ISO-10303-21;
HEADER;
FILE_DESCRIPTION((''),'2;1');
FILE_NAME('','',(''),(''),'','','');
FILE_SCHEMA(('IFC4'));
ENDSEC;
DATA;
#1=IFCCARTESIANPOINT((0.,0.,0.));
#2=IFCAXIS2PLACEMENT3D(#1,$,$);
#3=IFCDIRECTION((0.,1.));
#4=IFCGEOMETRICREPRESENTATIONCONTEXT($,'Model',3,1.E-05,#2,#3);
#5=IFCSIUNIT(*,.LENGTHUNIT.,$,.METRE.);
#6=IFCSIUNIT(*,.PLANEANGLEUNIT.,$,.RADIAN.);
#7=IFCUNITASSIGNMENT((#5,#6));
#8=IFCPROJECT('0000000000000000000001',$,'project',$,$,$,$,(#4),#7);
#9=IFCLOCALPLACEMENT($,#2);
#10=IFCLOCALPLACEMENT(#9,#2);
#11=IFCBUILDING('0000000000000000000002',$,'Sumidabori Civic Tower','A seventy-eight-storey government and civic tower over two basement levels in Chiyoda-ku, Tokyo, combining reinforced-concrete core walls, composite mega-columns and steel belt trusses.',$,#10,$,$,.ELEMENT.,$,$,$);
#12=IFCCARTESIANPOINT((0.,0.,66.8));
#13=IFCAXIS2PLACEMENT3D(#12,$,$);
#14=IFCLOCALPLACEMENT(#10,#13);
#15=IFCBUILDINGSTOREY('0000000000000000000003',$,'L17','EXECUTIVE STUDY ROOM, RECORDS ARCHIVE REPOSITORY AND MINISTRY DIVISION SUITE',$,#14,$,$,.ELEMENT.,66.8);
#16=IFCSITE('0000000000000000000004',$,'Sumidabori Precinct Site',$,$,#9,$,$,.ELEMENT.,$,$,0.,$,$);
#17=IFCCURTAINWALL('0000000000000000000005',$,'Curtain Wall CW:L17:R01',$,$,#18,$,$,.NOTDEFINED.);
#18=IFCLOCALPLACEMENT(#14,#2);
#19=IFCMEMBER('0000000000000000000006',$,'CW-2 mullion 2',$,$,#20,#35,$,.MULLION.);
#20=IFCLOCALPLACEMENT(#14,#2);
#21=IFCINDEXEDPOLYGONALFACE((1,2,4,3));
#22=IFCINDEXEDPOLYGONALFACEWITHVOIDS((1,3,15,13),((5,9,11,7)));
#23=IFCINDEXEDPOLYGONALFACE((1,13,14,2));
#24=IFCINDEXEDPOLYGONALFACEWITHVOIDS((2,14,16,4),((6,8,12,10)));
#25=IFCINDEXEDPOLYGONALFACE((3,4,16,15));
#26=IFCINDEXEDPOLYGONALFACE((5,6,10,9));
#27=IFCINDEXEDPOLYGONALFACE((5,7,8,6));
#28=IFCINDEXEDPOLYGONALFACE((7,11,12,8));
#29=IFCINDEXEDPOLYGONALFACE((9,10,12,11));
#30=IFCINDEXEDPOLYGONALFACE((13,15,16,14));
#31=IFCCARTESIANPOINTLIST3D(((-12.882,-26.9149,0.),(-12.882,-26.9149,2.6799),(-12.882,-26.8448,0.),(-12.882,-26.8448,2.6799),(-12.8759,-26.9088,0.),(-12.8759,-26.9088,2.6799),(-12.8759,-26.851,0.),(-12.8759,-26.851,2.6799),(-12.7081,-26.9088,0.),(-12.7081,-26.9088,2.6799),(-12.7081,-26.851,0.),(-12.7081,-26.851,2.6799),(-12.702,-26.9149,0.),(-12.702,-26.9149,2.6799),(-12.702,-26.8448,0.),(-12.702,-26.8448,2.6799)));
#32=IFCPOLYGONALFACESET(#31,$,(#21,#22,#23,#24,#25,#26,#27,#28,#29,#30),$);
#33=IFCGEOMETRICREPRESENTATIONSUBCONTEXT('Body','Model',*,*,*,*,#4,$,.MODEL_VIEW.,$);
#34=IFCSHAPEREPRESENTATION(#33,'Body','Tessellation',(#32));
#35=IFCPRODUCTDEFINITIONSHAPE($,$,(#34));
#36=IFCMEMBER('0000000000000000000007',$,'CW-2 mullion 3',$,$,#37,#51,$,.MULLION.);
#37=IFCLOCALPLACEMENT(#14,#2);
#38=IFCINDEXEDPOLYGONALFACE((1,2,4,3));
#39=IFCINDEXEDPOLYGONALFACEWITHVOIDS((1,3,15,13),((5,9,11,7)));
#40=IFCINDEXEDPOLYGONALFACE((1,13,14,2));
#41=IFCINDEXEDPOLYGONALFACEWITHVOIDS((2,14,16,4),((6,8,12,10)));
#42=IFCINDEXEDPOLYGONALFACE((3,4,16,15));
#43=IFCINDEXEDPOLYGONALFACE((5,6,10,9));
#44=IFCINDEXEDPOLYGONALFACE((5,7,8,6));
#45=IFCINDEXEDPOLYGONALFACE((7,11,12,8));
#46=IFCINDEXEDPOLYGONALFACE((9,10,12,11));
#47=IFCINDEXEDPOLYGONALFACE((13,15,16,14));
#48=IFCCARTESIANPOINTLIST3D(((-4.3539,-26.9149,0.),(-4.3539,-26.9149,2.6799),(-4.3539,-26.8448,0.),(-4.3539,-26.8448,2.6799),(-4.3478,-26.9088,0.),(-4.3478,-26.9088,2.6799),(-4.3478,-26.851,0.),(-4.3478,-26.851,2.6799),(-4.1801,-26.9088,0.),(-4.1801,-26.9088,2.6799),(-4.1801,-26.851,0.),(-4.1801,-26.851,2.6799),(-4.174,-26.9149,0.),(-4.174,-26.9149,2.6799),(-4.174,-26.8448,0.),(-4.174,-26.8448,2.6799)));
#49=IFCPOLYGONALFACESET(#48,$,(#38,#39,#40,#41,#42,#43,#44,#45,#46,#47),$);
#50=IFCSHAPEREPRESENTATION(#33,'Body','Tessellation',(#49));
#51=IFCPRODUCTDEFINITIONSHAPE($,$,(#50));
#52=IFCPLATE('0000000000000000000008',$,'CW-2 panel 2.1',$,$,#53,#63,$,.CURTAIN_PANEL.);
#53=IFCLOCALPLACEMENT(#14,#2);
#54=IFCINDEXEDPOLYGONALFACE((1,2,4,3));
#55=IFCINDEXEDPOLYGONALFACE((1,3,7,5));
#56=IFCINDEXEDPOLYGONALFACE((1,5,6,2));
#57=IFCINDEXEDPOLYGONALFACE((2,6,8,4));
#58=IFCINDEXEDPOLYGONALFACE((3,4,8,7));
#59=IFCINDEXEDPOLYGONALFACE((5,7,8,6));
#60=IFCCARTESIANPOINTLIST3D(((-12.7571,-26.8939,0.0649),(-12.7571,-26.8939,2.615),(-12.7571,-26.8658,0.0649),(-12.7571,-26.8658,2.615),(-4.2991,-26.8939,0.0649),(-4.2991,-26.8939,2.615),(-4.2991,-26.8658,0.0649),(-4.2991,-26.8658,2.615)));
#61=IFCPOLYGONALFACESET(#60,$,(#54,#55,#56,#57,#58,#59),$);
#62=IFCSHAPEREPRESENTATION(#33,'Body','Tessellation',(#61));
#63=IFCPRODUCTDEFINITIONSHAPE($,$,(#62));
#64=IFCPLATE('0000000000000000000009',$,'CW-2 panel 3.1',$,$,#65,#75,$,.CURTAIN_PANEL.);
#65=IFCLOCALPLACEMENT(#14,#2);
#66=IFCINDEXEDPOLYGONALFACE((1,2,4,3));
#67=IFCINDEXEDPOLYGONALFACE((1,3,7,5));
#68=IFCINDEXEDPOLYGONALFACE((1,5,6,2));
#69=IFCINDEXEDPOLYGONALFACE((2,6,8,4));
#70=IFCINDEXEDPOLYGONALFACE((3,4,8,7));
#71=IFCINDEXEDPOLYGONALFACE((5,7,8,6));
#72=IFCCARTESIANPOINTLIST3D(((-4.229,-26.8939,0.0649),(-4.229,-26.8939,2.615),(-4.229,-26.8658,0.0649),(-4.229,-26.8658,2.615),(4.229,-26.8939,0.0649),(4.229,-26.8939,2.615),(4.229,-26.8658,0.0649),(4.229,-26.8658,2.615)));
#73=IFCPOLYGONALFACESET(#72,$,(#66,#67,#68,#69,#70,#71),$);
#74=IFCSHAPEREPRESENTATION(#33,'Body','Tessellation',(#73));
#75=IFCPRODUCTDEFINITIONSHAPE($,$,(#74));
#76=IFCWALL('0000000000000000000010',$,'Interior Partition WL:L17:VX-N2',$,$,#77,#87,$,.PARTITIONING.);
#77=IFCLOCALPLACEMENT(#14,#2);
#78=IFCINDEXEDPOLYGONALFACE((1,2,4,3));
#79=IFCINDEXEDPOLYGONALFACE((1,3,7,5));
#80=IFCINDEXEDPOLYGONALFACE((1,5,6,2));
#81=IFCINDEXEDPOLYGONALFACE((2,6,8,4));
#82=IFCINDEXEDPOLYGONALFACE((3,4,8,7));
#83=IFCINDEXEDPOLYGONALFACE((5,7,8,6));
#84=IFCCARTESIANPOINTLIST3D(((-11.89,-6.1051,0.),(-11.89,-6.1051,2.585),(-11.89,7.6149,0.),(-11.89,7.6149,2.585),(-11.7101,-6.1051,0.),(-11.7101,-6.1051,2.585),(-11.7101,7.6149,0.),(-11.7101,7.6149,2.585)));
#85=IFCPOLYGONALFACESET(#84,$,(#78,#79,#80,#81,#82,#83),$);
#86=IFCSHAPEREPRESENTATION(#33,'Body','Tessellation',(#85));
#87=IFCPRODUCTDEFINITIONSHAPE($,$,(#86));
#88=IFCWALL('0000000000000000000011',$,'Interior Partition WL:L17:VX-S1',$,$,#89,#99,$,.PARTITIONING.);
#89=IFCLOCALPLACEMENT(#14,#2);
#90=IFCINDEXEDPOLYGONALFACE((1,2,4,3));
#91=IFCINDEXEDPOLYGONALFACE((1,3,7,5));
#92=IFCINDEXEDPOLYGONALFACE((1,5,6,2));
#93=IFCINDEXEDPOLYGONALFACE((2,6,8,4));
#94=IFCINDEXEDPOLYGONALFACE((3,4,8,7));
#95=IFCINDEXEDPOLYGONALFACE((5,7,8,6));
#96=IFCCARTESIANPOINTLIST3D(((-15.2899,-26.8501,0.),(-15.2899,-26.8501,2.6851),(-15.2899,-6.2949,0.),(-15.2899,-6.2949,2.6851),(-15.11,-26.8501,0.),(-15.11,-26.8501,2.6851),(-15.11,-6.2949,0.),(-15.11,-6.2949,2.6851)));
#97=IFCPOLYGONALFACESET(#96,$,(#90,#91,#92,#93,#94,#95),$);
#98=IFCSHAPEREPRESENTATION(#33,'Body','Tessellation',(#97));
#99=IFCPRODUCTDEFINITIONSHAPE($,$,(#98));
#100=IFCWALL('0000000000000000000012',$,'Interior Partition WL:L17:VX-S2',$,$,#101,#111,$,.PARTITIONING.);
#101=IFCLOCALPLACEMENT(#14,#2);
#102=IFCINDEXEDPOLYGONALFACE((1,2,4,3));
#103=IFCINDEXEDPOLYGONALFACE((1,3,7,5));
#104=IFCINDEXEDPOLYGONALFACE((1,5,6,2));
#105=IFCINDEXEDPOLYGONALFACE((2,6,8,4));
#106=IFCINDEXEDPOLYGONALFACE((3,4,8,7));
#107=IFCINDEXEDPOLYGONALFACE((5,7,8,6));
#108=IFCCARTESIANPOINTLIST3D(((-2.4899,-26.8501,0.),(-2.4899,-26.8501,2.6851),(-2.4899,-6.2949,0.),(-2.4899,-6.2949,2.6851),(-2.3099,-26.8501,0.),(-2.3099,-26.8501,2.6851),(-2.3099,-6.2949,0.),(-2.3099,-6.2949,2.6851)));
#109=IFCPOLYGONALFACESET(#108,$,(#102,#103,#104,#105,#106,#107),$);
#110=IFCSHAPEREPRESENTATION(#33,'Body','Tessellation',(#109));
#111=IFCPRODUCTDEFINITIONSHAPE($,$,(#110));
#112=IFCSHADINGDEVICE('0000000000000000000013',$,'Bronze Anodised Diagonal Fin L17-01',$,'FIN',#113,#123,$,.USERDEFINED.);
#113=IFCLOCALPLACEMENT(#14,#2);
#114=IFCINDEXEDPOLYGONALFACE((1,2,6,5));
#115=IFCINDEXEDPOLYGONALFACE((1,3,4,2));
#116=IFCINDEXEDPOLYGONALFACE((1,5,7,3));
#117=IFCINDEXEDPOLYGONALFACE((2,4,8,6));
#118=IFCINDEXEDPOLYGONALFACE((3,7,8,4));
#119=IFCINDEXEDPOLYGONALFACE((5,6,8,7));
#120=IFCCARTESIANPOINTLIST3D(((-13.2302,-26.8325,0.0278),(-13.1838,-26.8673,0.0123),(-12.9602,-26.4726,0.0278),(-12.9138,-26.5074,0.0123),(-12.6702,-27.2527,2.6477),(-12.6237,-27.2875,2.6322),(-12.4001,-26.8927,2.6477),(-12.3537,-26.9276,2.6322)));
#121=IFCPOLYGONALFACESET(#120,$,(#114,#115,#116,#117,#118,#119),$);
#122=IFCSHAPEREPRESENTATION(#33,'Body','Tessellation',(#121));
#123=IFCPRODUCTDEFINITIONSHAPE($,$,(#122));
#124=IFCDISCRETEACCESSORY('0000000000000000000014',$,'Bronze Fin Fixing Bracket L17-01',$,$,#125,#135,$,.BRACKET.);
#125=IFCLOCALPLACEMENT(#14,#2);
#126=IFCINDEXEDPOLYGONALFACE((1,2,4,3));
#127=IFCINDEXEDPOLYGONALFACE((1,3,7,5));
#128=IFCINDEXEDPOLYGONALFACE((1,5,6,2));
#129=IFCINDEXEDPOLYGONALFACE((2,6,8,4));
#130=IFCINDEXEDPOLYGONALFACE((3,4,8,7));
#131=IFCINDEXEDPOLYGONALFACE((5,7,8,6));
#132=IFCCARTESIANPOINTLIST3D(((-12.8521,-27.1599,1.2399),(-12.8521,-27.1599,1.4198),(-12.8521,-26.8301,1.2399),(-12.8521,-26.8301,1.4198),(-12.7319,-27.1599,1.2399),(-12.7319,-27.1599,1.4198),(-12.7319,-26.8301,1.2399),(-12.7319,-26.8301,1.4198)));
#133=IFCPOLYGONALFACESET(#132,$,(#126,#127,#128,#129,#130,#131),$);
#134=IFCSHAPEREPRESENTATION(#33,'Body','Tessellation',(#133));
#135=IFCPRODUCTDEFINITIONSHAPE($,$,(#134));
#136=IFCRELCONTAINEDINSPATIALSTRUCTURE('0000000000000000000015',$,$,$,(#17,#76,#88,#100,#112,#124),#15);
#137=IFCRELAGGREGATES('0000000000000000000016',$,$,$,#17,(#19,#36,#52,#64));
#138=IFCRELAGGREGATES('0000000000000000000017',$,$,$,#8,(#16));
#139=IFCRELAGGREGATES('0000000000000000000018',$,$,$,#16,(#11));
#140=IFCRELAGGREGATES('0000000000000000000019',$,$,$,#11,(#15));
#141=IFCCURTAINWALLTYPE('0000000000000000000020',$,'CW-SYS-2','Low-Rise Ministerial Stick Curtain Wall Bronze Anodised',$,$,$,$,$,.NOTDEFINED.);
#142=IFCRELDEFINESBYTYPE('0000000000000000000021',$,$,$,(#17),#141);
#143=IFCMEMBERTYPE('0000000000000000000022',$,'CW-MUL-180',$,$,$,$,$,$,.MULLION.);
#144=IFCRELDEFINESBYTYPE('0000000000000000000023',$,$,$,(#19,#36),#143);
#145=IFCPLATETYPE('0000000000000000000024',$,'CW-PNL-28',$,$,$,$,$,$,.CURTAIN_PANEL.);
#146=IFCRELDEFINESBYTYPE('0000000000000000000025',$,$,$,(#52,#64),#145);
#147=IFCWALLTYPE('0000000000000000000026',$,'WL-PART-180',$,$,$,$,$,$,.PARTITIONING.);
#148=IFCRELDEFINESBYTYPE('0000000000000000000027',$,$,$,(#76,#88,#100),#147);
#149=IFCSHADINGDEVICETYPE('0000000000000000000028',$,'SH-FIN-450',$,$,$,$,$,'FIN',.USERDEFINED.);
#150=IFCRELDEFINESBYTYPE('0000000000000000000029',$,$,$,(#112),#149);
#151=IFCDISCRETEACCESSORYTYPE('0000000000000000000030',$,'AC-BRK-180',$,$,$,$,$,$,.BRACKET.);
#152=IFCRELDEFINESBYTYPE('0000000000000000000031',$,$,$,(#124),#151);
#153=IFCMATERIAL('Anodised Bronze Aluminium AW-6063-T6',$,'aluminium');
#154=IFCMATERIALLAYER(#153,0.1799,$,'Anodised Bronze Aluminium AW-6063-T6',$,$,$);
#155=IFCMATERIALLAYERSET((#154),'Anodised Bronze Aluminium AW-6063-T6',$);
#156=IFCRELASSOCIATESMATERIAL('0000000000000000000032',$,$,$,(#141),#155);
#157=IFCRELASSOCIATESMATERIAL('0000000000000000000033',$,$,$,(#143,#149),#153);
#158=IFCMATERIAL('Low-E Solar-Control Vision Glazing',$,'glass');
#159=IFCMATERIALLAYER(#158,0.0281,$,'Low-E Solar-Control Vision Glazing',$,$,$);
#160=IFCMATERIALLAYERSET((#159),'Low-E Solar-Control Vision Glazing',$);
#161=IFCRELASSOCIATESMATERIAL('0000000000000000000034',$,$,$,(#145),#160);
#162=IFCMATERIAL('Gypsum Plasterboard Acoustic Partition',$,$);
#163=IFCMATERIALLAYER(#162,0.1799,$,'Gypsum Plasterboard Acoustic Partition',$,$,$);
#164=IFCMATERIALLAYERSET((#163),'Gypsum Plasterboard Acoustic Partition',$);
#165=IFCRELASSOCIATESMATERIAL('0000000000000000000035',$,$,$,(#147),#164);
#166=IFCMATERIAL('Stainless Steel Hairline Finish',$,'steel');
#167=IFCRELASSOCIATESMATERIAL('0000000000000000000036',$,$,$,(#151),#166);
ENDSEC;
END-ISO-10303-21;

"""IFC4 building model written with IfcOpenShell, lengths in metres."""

from ifc_helpers import new_model, si_unit, direction, frame, frame_2d, origin, origin_2d, place, context, subcontext, project, spatial, rectangle, hollow_rectangle, extrude, source, transform, mapped, material, layer, layer_set, material_profile, profile_set, type_object, element, aggregate, save


model = new_model("IFC4")

# Units and contexts
model_context = context("Model", 3, precision=1e-05, world=origin(), true_north=direction((0.0, 1.0)))
body_context = subcontext(model_context, "Body", "Model", "MODEL_VIEW")
ifc_project = project(units=[si_unit("LENGTHUNIT", "METRE"), si_unit("PLANEANGLEUNIT", "RADIAN")], contexts=[model_context])

# Site, building, storey
site_placement = place(None, origin())
site = spatial("IfcSite", under=ifc_project, at=site_placement, Name="Sumidabori Precinct Site", CompositionType="ELEMENT", RefElevation=0.0)
building_placement = place(site_placement, origin())
building = spatial("IfcBuilding", under=site, at=building_placement, Name="Sumidabori Civic Tower", Description="A seventy-eight-storey government and civic tower over two basement levels in Chiyoda-ku, Tokyo, combining reinforced-concrete core walls, composite mega-columns and steel belt trusses.", CompositionType="ELEMENT")
storey_placement = place(building_placement, frame((0.0, 0.0, 66.8)))
storey = spatial("IfcBuildingStorey", under=building, at=storey_placement, Name="L17", Description="EXECUTIVE STUDY ROOM, RECORDS ARCHIVE REPOSITORY AND MINISTRY DIVISION SUITE", CompositionType="ELEMENT", Elevation=66.8)

# Curtain wall, members, plates
ifc_material_1 = material(Name="Anodised Bronze Aluminium AW-6063-T6", Category="aluminium")
ifc_layer_1 = layer(ifc_material_1, 0.1799, Name="Anodised Bronze Aluminium AW-6063-T6")
ifc_layer_set_1 = layer_set([ifc_layer_1], Name="Anodised Bronze Aluminium AW-6063-T6")
curtain_wall_type = type_object("IfcCurtainWallType", Name="CW-SYS-2", Description="Low-Rise Ministerial Stick Curtain Wall Bronze Anodised", PredefinedType="NOTDEFINED", material=ifc_layer_set_1)
curtain_wall_placement = place(storey_placement, origin())
curtain_wall = element("IfcCurtainWall", 1, at=curtain_wall_placement, inside=storey, type_object=curtain_wall_type, Name="Curtain Wall CW:L17:R01", PredefinedType="NOTDEFINED")
ifc_material_profile_1 = material_profile(ifc_material_1, hollow_rectangle(XDim=0.0701, YDim=0.1799, WallThickness=0.0061, at=origin_2d()), Name="ALU MULLION 180x70")
ifc_profile_set_1 = profile_set([ifc_material_profile_1], Name="Anodised Bronze Aluminium AW-6063-T6")
member_type_1 = type_object("IfcMemberType", Name="CW-MUL-180", PredefinedType="MULLION", material=ifc_profile_set_1)
shared_shape_1 = source(origin(), body_context, "Body", "SweptSolid", [
    extrude(hollow_rectangle(XDim=0.0701, YDim=0.1799, WallThickness=0.0061, at=origin_2d()), origin(), (0.0, 0.0, 1.0), 2.6799),
])
member_1_placement = place(storey_placement, frame((-12.792, -26.8799, 0.0), z_axis=(0.0, 0.0, 1.0), x_axis=(0.0, 1.0, 0.0)))
member_1 = element("IfcMember", 2, at=member_1_placement, type_object=member_type_1, Name="CW-2 mullion 2", PredefinedType="MULLION", context=body_context, shape_type="MappedRepresentation", body=[
    mapped(shared_shape_1, transform((0.0, 0.0, 0.0), x_axis=(1.0, 0.0, 0.0), y_axis=(0.0, 1.0, 0.0), z_axis=(0.0, 0.0, 1.0), scale=1.0)),
])
member_2_placement = place(storey_placement, frame((-4.2639, -26.8799, 0.0), z_axis=(0.0, 0.0, 1.0), x_axis=(0.0, 1.0, 0.0)))
member_2 = element("IfcMember", 3, at=member_2_placement, type_object=member_type_1, Name="CW-2 mullion 3", PredefinedType="MULLION", context=body_context, shape_type="MappedRepresentation", body=[
    mapped(shared_shape_1, transform((0.0, 0.0, 0.0), x_axis=(1.0, 0.0, 0.0), y_axis=(0.0, 1.0, 0.0), z_axis=(0.0, 0.0, 1.0), scale=1.0)),
])
ifc_material_2 = material(Name="Low-E Solar-Control Vision Glazing", Category="glass")
ifc_layer_2 = layer(ifc_material_2, 0.0281, Name="Low-E Solar-Control Vision Glazing")
ifc_layer_set_2 = layer_set([ifc_layer_2], Name="Low-E Solar-Control Vision Glazing")
plate_type = type_object("IfcPlateType", Name="CW-PNL-28", PredefinedType="CURTAIN_PANEL", material=ifc_layer_set_2)
shared_shape_2 = source(origin(), body_context, "Body", "SweptSolid", [
    extrude(rectangle(XDim=8.458, YDim=0.0281, at=origin_2d()), origin(), (0.0, 0.0, 1.0), 2.55),
])
plate_1_placement = place(storey_placement, frame((-8.5281, -26.8799, 0.0649), z_axis=(0.0, 0.0, 1.0), x_axis=(1.0, 0.0, 0.0)))
plate_1 = element("IfcPlate", 4, at=plate_1_placement, type_object=plate_type, Name="CW-2 panel 2.1", PredefinedType="CURTAIN_PANEL", context=body_context, shape_type="MappedRepresentation", body=[
    mapped(shared_shape_2, transform((0.0, 0.0, 0.0), x_axis=(1.0, 0.0, 0.0), y_axis=(0.0, 1.0, 0.0), z_axis=(0.0, 0.0, 1.0), scale=1.0)),
])
plate_2_placement = place(storey_placement, frame((0.0, -26.8799, 0.0649), z_axis=(0.0, 0.0, 1.0), x_axis=(1.0, 0.0, 0.0)))
plate_2 = element("IfcPlate", 5, at=plate_2_placement, type_object=plate_type, Name="CW-2 panel 3.1", PredefinedType="CURTAIN_PANEL", context=body_context, shape_type="MappedRepresentation", body=[
    mapped(shared_shape_2, transform((0.0, 0.0, 0.0), x_axis=(1.0, 0.0, 0.0), y_axis=(0.0, 1.0, 0.0), z_axis=(0.0, 0.0, 1.0), scale=1.0)),
])
aggregate(curtain_wall, [member_1, member_2, plate_1, plate_2])

# Walls
ifc_material_3 = material(Name="Gypsum Plasterboard Acoustic Partition")
ifc_layer_3 = layer(ifc_material_3, 0.1799, Name="Gypsum Plasterboard Acoustic Partition")
ifc_layer_set_3 = layer_set([ifc_layer_3], Name="Gypsum Plasterboard Acoustic Partition")
wall_type = type_object("IfcWallType", Name="WL-PART-180", PredefinedType="PARTITIONING", material=ifc_layer_set_3)
shared_shape_3 = source(origin(), body_context, "Body", "SweptSolid", [
    extrude(rectangle(XDim=13.72, YDim=0.1799, at=frame_2d((6.8599, 0.0))), origin(), (0.0, 0.0, 1.0), 2.585),
])
wall_placement = place(storey_placement, frame((-11.8, -6.105, 0.0), z_axis=(0.0, 0.0, 1.0), x_axis=(0.0, 1.0, 0.0)))
element("IfcWall", 6, at=wall_placement, inside=storey, type_object=wall_type, Name="Interior Partition WL:L17:VX-N2", PredefinedType="PARTITIONING", context=body_context, shape_type="MappedRepresentation", body=[
    mapped(shared_shape_3, transform((0.0, 0.0, 0.0), x_axis=(1.0, 0.0, 0.0), y_axis=(0.0, 1.0, 0.0), z_axis=(0.0, 0.0, 1.0), scale=1.0)),
])
shared_shape_4 = source(origin(), body_context, "Body", "SweptSolid", [
    extrude(rectangle(XDim=20.5552, YDim=0.1799, at=frame_2d((10.2776, 0.0))), origin(), (0.0, 0.0, 1.0), 2.6851),
])
for number, where, z_axis, x_axis, name in (
    (7, (-15.2, -26.8501, 0.0), (0.0, 0.0, 1.0), (0.0, 1.0, 0.0), "Interior Partition WL:L17:VX-S1"),
    (8, (-2.3999, -26.8501, 0.0), (0.0, 0.0, 1.0), (0.0, 1.0, 0.0), "Interior Partition WL:L17:VX-S2"),
):
    element("IfcWall", number, at=place(storey_placement, frame(where, z_axis=z_axis, x_axis=x_axis)), inside=storey, type_object=wall_type, Name=name, PredefinedType="PARTITIONING", context=body_context, shape_type="MappedRepresentation", body=[
        mapped(shared_shape_4, transform((0.0, 0.0, 0.0), x_axis=(1.0, 0.0, 0.0), y_axis=(0.0, 1.0, 0.0), z_axis=(0.0, 0.0, 1.0), scale=1.0)),
    ])

# Shading device
ifc_material_profile_2 = material_profile(ifc_material_1, rectangle(XDim=0.0601, YDim=0.45, at=origin_2d()), Name="BRONZE FIN 450x60")
ifc_profile_set_2 = profile_set([ifc_material_profile_2], Name="Anodised Bronze Aluminium AW-6063-T6")
shading_device_type = type_object("IfcShadingDeviceType", Name="SH-FIN-450", ElementType="FIN", PredefinedType="USERDEFINED", material=ifc_profile_set_2)
shared_shape_5 = source(origin(), body_context, "Body", "SweptSolid", [
    extrude(rectangle(XDim=0.0601, YDim=0.45, at=origin_2d()), origin(), (0.0, 0.0, 1.0), 2.7119),
])
shading_device_placement = place(storey_placement, frame((-13.072, -26.6699, 0.02), z_axis=(0.206525, -0.154939, 0.966096), x_axis=(0.772796, -0.579765, -0.258184)))
element("IfcShadingDevice", 9, at=shading_device_placement, inside=storey, type_object=shading_device_type, Name="Bronze Anodised Diagonal Fin L17-01", ObjectType="FIN", PredefinedType="USERDEFINED", context=body_context, shape_type="MappedRepresentation", body=[
    mapped(shared_shape_5, transform((0.0, 0.0, 0.0), x_axis=(1.0, 0.0, 0.0), y_axis=(0.0, 1.0, 0.0), z_axis=(0.0, 0.0, 1.0), scale=1.0)),
])

# Discrete accessory
ifc_material_4 = material(Name="Stainless Steel Hairline Finish", Category="steel")
ifc_material_profile_3 = material_profile(ifc_material_4, rectangle(XDim=0.1201, YDim=0.1799, at=origin_2d()), Name="STEEL BRACKET 180x120")
ifc_profile_set_3 = profile_set([ifc_material_profile_3], Name="Stainless Steel Hairline Finish")
discrete_accessory_type = type_object("IfcDiscreteAccessoryType", Name="AC-BRK-180", PredefinedType="BRACKET", material=ifc_profile_set_3)
shared_shape_6 = source(origin(), body_context, "Body", "SweptSolid", [
    extrude(rectangle(XDim=0.1201, YDim=0.1799, at=origin_2d()), origin(), (0.0, 0.0, 1.0), 0.3298),
])
discrete_accessory_placement = place(storey_placement, frame((-12.792, -26.8301, 1.3298), z_axis=(0.0, -1.0, 0.0), x_axis=(1.0, 0.0, 0.0)))
element("IfcDiscreteAccessory", 10, at=discrete_accessory_placement, inside=storey, type_object=discrete_accessory_type, Name="Bronze Fin Fixing Bracket L17-01", PredefinedType="BRACKET", context=body_context, shape_type="MappedRepresentation", body=[
    mapped(shared_shape_6, transform((0.0, 0.0, 0.0), x_axis=(1.0, 0.0, 0.0), y_axis=(0.0, 1.0, 0.0), z_axis=(0.0, 0.0, 1.0), scale=1.0)),
])

save(model, "model.ifc")
